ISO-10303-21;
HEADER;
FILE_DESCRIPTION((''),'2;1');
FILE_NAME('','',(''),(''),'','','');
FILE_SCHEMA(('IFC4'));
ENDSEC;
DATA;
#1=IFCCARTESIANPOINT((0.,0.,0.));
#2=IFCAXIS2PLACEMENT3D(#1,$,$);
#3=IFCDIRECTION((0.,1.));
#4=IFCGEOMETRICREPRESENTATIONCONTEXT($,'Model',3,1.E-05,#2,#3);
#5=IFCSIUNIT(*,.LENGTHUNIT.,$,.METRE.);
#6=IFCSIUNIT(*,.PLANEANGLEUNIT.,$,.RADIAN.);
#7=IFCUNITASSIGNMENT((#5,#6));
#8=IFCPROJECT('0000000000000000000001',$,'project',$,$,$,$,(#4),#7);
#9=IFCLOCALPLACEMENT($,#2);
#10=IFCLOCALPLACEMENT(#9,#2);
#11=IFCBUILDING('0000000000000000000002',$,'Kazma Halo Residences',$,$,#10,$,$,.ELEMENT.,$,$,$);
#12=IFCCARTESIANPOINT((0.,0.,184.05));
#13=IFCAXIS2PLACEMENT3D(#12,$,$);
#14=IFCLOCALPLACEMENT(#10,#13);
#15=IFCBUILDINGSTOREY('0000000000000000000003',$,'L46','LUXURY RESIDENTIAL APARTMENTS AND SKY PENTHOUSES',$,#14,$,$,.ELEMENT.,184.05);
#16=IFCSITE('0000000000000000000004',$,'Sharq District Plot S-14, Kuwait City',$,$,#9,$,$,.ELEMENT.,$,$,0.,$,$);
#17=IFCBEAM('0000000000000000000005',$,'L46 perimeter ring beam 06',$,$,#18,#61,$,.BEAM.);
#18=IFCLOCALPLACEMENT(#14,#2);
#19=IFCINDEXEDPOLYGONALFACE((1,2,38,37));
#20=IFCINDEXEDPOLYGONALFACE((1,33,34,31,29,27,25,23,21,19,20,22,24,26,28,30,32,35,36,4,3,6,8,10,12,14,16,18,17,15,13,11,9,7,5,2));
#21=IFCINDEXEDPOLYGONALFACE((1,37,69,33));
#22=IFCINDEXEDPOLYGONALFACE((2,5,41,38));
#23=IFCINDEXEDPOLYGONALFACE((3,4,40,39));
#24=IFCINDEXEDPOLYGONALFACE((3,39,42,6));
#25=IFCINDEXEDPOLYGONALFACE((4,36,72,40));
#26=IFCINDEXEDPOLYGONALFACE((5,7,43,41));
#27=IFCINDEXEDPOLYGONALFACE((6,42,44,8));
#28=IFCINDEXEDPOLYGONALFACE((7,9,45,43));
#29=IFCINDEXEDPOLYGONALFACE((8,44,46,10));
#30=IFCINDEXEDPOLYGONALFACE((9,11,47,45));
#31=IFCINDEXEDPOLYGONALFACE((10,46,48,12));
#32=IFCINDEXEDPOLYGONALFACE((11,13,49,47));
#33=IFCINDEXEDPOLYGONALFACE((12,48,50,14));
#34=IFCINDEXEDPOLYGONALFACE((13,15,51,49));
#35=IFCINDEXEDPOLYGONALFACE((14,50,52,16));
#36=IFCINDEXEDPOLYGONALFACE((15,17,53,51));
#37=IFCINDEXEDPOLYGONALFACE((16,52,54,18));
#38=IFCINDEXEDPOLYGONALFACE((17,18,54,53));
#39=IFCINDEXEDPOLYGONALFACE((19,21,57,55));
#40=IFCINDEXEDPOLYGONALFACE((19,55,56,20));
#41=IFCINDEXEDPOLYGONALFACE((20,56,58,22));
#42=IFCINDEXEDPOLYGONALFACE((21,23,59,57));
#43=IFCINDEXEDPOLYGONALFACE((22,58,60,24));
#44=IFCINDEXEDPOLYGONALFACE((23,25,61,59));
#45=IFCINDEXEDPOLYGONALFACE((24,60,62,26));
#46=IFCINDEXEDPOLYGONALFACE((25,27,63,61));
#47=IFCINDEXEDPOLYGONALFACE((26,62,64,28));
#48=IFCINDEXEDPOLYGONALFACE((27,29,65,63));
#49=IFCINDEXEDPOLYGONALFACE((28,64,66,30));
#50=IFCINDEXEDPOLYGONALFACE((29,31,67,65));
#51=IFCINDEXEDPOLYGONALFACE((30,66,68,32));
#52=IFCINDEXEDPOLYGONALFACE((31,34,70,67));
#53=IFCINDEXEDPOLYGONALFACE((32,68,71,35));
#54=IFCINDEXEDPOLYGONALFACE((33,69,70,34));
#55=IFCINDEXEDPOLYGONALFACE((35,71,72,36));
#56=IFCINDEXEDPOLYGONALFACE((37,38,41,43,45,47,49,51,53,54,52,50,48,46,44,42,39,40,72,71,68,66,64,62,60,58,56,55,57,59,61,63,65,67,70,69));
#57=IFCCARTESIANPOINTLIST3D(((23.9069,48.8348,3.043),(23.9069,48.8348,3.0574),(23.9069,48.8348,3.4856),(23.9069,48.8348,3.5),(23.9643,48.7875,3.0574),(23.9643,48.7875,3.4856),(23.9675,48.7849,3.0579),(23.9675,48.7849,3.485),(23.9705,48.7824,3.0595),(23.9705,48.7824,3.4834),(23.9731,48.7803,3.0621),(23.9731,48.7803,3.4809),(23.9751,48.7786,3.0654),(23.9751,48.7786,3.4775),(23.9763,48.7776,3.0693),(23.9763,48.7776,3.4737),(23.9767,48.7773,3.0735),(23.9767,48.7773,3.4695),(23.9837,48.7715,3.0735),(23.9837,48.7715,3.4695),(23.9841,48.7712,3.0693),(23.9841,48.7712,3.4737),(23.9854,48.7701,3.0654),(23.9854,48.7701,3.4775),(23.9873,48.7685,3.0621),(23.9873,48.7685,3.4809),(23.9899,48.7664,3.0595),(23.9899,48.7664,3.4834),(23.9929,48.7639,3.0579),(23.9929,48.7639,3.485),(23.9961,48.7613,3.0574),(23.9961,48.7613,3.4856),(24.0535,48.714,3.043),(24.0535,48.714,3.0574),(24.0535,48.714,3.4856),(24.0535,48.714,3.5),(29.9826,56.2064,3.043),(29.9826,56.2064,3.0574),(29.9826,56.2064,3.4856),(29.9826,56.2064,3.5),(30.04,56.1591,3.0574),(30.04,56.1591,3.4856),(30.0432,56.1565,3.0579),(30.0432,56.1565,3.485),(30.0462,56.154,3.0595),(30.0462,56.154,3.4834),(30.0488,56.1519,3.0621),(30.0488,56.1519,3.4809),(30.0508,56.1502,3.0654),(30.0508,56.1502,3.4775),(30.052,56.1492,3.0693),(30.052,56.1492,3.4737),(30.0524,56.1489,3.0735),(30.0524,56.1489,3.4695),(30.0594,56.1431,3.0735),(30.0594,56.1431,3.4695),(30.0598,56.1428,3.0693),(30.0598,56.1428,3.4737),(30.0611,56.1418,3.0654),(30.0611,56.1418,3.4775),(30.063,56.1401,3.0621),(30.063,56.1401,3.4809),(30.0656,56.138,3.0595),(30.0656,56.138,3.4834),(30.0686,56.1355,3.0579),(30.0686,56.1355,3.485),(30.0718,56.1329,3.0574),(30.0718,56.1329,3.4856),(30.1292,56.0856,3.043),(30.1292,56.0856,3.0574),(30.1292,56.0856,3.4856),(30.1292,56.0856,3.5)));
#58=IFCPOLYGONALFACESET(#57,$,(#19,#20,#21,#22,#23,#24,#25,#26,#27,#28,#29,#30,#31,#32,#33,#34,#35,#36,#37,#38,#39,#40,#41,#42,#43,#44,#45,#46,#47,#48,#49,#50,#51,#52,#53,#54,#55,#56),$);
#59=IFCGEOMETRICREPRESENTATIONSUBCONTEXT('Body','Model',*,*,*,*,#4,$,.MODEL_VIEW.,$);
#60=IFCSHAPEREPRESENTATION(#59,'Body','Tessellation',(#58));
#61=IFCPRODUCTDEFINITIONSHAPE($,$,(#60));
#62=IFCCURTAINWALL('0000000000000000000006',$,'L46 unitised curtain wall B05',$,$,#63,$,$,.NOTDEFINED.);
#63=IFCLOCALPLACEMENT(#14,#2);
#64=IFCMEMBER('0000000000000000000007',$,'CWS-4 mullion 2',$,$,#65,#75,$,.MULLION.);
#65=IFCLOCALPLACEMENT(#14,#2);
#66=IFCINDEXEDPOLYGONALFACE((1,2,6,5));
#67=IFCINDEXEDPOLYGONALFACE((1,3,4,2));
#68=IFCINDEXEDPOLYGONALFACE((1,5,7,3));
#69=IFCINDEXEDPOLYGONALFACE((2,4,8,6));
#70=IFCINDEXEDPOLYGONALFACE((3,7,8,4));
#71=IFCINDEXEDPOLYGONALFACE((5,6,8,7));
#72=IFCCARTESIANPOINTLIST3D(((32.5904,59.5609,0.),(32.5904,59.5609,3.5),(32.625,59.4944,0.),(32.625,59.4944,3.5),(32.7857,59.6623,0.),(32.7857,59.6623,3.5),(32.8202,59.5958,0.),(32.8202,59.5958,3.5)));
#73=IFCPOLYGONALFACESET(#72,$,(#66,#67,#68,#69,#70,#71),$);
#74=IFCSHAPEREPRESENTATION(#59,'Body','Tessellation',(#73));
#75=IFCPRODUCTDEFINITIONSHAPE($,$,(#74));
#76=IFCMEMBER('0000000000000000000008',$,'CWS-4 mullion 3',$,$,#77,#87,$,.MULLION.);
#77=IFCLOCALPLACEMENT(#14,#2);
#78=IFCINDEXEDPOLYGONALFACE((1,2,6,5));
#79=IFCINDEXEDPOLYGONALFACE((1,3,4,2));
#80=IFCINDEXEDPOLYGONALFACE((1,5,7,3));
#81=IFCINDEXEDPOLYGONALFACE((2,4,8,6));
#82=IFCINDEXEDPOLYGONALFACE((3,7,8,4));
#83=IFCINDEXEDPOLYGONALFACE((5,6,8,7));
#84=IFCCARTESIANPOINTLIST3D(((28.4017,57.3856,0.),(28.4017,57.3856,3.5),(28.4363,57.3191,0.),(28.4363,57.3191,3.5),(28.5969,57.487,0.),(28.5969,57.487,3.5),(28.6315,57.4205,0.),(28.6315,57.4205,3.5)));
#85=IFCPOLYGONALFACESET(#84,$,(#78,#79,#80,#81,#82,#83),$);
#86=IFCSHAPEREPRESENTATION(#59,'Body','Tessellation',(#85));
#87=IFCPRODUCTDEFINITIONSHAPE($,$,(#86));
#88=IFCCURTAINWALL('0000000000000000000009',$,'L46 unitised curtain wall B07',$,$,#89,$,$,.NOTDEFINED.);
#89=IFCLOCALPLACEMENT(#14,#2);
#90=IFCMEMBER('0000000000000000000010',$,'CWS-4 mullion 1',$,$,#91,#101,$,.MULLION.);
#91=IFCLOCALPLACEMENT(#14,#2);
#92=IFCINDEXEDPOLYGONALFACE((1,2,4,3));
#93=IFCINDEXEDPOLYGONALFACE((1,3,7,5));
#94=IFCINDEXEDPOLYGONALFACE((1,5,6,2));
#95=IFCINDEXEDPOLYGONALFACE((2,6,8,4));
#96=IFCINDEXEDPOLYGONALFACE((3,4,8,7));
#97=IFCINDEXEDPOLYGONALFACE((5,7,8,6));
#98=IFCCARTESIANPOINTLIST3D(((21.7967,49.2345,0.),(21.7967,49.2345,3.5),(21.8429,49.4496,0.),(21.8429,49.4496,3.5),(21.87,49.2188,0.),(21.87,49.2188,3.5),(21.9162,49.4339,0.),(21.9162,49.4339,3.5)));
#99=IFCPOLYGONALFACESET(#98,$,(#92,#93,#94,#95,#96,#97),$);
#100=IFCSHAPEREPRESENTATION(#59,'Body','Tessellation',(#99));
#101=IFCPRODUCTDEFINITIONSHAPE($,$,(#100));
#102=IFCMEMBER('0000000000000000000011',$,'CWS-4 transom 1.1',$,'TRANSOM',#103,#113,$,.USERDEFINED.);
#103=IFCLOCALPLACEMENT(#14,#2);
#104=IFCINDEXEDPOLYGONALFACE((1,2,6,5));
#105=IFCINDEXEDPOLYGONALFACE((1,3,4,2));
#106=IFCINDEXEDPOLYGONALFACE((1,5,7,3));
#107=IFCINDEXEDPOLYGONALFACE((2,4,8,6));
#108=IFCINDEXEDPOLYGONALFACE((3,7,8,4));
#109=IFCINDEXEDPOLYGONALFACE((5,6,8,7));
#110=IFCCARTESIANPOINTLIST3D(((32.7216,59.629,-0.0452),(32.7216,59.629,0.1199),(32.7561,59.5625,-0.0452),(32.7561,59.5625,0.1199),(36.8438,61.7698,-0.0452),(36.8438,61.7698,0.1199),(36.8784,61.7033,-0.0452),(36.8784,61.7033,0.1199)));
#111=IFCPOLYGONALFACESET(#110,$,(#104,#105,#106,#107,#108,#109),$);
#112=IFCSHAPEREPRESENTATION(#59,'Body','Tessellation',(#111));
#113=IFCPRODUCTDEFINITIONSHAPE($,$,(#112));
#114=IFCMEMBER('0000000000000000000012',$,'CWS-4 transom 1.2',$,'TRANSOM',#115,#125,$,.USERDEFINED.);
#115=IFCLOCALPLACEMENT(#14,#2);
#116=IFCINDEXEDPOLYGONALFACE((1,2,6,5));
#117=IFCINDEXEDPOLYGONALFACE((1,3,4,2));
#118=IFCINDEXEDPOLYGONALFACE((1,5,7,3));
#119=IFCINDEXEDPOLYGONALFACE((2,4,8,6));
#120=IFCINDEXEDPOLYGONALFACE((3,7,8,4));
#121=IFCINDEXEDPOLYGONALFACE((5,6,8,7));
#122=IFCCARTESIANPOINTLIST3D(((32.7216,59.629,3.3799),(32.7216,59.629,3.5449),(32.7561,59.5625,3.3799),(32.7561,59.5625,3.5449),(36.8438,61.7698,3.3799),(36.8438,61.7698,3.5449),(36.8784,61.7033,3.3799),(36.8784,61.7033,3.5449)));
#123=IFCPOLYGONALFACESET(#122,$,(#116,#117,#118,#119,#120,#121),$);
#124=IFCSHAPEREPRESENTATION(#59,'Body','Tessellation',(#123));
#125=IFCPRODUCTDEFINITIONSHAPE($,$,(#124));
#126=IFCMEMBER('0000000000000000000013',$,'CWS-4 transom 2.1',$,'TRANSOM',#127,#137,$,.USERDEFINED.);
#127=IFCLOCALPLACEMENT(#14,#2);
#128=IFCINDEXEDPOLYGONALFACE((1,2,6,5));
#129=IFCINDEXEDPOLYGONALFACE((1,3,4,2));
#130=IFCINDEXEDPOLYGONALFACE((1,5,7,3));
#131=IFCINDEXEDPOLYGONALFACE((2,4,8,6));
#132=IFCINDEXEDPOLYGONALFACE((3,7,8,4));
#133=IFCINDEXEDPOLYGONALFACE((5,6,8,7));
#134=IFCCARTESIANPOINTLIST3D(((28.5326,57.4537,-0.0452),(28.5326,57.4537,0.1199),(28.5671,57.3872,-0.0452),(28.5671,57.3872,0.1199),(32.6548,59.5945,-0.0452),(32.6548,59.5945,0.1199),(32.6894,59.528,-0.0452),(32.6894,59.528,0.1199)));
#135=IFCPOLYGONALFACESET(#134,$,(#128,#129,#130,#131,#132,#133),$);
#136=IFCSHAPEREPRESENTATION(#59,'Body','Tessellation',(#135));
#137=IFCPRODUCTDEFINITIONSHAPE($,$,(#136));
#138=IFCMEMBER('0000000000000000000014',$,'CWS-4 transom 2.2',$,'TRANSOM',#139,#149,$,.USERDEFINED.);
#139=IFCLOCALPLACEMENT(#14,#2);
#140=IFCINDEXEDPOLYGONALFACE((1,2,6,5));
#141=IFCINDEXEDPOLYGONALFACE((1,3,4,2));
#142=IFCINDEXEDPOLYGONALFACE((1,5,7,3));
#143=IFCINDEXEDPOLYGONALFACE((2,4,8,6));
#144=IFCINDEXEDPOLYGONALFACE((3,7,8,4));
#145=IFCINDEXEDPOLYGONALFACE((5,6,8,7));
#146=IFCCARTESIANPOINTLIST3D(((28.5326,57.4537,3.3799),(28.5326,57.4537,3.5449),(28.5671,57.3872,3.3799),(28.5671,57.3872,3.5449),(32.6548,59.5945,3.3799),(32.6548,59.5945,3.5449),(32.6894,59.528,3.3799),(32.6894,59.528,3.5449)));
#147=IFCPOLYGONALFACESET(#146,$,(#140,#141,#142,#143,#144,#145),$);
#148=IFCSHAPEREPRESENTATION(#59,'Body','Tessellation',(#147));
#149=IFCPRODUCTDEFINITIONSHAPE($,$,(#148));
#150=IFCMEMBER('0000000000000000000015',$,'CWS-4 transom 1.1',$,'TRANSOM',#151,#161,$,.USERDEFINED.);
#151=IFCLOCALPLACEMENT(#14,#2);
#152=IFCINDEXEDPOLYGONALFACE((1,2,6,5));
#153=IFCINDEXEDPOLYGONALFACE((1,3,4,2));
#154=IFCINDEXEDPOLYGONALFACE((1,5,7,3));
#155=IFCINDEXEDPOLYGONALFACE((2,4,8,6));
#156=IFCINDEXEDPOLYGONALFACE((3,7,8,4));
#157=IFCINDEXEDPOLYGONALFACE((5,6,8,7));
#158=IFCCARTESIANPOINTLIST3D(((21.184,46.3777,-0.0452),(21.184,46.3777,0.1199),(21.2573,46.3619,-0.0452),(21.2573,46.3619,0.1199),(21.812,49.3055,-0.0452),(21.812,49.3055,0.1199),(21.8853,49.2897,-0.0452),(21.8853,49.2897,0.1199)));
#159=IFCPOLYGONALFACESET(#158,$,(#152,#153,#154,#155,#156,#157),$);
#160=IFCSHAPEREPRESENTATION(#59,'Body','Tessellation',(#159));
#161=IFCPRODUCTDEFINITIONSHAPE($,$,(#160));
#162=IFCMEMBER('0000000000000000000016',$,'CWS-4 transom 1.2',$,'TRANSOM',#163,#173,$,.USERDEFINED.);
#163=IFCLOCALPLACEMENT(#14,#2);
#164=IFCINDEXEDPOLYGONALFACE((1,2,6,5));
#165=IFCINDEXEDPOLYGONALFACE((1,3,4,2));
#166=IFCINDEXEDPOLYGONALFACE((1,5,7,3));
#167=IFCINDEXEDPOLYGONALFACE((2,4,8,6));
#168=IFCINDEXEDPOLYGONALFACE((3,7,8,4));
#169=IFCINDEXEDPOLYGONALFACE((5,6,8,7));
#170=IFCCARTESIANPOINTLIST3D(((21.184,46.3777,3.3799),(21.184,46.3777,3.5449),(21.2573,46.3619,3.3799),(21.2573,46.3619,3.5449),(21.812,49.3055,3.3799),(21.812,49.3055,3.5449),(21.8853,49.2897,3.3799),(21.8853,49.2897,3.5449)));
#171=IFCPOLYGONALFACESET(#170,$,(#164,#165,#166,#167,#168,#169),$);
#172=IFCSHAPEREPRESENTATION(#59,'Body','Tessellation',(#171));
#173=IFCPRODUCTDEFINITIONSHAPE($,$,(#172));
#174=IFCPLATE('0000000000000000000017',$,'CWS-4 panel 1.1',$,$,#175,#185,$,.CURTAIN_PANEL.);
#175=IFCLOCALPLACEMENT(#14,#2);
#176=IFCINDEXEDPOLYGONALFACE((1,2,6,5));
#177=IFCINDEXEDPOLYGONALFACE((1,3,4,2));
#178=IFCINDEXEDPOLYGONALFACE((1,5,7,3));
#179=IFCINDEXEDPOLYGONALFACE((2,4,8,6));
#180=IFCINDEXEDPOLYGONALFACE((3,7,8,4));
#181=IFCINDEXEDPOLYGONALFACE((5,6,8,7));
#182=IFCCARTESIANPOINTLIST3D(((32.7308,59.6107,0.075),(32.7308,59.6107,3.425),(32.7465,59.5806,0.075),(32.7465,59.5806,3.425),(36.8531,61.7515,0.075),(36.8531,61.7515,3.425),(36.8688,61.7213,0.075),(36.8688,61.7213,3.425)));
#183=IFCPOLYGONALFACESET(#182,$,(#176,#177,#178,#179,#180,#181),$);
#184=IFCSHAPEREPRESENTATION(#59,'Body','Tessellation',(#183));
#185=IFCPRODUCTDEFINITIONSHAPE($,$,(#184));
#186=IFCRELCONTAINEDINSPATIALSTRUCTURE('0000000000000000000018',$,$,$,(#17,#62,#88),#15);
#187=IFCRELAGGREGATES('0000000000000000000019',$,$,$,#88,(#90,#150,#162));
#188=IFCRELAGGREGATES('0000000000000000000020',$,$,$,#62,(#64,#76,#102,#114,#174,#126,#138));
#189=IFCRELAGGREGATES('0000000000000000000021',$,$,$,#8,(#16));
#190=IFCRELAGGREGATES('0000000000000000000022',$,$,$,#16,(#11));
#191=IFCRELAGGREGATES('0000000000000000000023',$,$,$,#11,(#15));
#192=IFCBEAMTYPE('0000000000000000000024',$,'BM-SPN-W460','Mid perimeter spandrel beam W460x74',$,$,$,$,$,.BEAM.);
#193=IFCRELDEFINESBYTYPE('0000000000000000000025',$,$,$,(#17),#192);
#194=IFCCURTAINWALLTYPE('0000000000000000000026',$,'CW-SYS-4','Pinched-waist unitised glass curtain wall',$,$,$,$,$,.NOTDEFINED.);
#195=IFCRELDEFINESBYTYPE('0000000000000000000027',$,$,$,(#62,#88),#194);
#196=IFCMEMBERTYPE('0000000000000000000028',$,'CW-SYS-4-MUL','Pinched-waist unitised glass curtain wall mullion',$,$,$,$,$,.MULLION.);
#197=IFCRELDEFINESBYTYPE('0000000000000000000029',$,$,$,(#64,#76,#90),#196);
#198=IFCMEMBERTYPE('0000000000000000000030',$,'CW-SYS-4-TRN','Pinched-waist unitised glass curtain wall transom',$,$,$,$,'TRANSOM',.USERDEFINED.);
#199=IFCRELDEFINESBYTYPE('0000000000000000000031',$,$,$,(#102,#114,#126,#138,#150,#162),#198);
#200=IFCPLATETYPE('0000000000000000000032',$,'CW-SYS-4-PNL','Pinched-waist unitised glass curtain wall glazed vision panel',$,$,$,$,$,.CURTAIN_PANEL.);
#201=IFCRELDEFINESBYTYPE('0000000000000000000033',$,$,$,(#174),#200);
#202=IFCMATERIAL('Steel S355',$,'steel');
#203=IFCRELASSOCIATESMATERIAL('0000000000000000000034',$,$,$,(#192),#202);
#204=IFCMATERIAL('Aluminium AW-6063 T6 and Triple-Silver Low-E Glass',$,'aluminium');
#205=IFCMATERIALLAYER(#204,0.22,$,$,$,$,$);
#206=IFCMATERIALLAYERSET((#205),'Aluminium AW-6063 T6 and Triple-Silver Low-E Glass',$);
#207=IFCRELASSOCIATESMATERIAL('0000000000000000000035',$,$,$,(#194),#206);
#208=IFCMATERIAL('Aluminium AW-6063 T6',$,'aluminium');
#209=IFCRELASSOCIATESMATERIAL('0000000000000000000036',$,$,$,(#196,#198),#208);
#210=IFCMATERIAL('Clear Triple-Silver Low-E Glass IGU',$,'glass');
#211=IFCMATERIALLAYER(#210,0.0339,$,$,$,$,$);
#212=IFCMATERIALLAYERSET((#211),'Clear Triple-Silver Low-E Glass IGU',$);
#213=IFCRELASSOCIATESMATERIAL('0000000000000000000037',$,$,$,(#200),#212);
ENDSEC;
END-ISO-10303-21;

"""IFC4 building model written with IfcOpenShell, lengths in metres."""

from ifc_helpers import new_model, si_unit, direction, frame, origin, origin_2d, place, context, subcontext, project, spatial, rectangle, i_section, extrude, material, layer, layer_set, material_profile, profile_set, type_object, element, aggregate, save


model = new_model("IFC4")

# Units and contexts
model_context = context("Model", 3, precision=1e-05, world=origin(), true_north=direction((0.0, 1.0)))
body_context = subcontext(model_context, "Body", "Model", "MODEL_VIEW")
ifc_project = project(units=[si_unit("LENGTHUNIT", "METRE"), si_unit("PLANEANGLEUNIT", "RADIAN")], contexts=[model_context])

# Site, building, storey
site_placement = place(None, origin())
site = spatial("IfcSite", under=ifc_project, at=site_placement, Name="Sharq District Plot S-14, Kuwait City", CompositionType="ELEMENT", RefElevation=0.0)
building_placement = place(site_placement, origin())
building = spatial("IfcBuilding", under=site, at=building_placement, Name="Kazma Halo Residences", CompositionType="ELEMENT")
storey_placement = place(building_placement, frame((0.0, 0.0, 184.05)))
storey = spatial("IfcBuildingStorey", under=building, at=storey_placement, Name="L46", Description="LUXURY RESIDENTIAL APARTMENTS AND SKY PENTHOUSES", CompositionType="ELEMENT", Elevation=184.05)

# Beam
ifc_material_1 = material(Name="Steel S355", Category="steel")
ifc_material_profile_1 = material_profile(ifc_material_1, i_section(OverallWidth=0.1899, OverallDepth=0.457, WebThickness=0.009, FlangeThickness=0.0144, FilletRadius=0.0161, at=origin_2d()), Name="W460x74")
ifc_profile_set_1 = profile_set([ifc_material_profile_1], Name="Steel S355")
beam_type_1 = type_object("IfcBeamType", Name="BM-SPN-W460", Description="Mid perimeter spandrel beam W460x74", PredefinedType="BEAM", material=ifc_profile_set_1)
beam_1_placement = place(storey_placement, frame((30.0559, 56.146, 3.2715), z_axis=(-0.636017, -0.771675, 0.0), x_axis=(0.771675, -0.636017, 0.0)))
element("IfcBeam", 1, at=beam_1_placement, inside=storey, type_object=beam_type_1, Name="L46 perimeter ring beam 06", PredefinedType="BEAM", context=body_context, shape_type="SweptSolid", body=[
    extrude(i_section(OverallWidth=0.1899, OverallDepth=0.457, WebThickness=0.009, FlangeThickness=0.0144, FilletRadius=0.0161, at=origin_2d()), origin(), (0.0, 0.0, 1.0), 9.5527),
])

# Curtain wall, members
ifc_material_2 = material(Name="Aluminium AW-6063 T6 and Triple-Silver Low-E Glass", Category="aluminium")
ifc_layer_1 = layer(ifc_material_2, 0.22)
ifc_layer_set_1 = layer_set([ifc_layer_1], Name="Aluminium AW-6063 T6 and Triple-Silver Low-E Glass")
curtain_wall_type = type_object("IfcCurtainWallType", Name="CW-SYS-4", Description="Pinched-waist unitised glass curtain wall", PredefinedType="NOTDEFINED", material=ifc_layer_set_1)
curtain_wall_1_placement = place(storey_placement, origin())
curtain_wall_1 = element("IfcCurtainWall", 2, at=curtain_wall_1_placement, inside=storey, type_object=curtain_wall_type, Name="L46 unitised curtain wall B05", PredefinedType="NOTDEFINED")
ifc_material_3 = material(Name="Aluminium AW-6063 T6", Category="aluminium")
ifc_material_profile_2 = material_profile(ifc_material_3, rectangle(XDim=0.075, YDim=0.22, at=origin_2d()), Name="CWM-75x220")
ifc_profile_set_2 = profile_set([ifc_material_profile_2], Name="Aluminium AW-6063 T6")
member_type_1 = type_object("IfcMemberType", Name="CW-SYS-4-MUL", Description="Pinched-waist unitised glass curtain wall mullion", PredefinedType="MULLION", material=ifc_profile_set_2)
member_1_placement = place(storey_placement, frame((32.7053, 59.5784, 0.0), z_axis=(0.0, 0.0, 1.0), x_axis=(0.460874, -0.887466, 0.0)))
member_1 = element("IfcMember", 3, at=member_1_placement, type_object=member_type_1, Name="CWS-4 mullion 2", PredefinedType="MULLION", context=body_context, shape_type="SweptSolid", body=[
    extrude(rectangle(XDim=0.075, YDim=0.22, at=origin_2d()), origin(), (0.0, 0.0, 1.0), 3.5),
])
member_2_placement = place(storey_placement, frame((28.5166, 57.4031, 0.0), z_axis=(0.0, 0.0, 1.0), x_axis=(0.460874, -0.887466, 0.0)))
member_2 = element("IfcMember", 4, at=member_2_placement, type_object=member_type_1, Name="CWS-4 mullion 3", PredefinedType="MULLION", context=body_context, shape_type="SweptSolid", body=[
    extrude(rectangle(XDim=0.075, YDim=0.22, at=origin_2d()), origin(), (0.0, 0.0, 1.0), 3.5),
])

# Curtain wall, member
curtain_wall_2_placement = place(storey_placement, origin())
curtain_wall_2 = element("IfcCurtainWall", 5, at=curtain_wall_2_placement, inside=storey, type_object=curtain_wall_type, Name="L46 unitised curtain wall B07", PredefinedType="NOTDEFINED")
member_3_placement = place(storey_placement, frame((21.8564, 49.3342, 0.0), z_axis=(0.0, 0.0, 1.0), x_axis=(0.977768, -0.20969, 0.0)))
member_3 = element("IfcMember", 6, at=member_3_placement, type_object=member_type_1, Name="CWS-4 mullion 1", PredefinedType="MULLION", context=body_context, shape_type="SweptSolid", body=[
    extrude(rectangle(XDim=0.075, YDim=0.22, at=origin_2d()), origin(), (0.0, 0.0, 1.0), 3.5),
])

# Members
ifc_material_profile_3 = material_profile(ifc_material_3, rectangle(XDim=0.075, YDim=0.165, at=origin_2d()), Name="CWT-75x165")
ifc_profile_set_3 = profile_set([ifc_material_profile_3], Name="Aluminium AW-6063 T6")
member_type_2 = type_object("IfcMemberType", Name="CW-SYS-4-TRN", Description="Pinched-waist unitised glass curtain wall transom", ElementType="TRANSOM", PredefinedType="USERDEFINED", material=ifc_profile_set_3)
member_4_placement = place(storey_placement, frame((36.8611, 61.7366, 0.0374), z_axis=(-0.887458, -0.460889, 0.0), x_axis=(0.460889, -0.887458, 0.0)))
member_4 = element("IfcMember", 7, at=member_4_placement, type_object=member_type_2, Name="CWS-4 transom 1.1", ObjectType="TRANSOM", PredefinedType="USERDEFINED", context=body_context, shape_type="SweptSolid", body=[
    extrude(rectangle(XDim=0.075, YDim=0.165, at=origin_2d()), origin(), (0.0, 0.0, 1.0), 4.645),
])
member_5_placement = place(storey_placement, frame((36.8611, 61.7366, 3.4624), z_axis=(-0.887458, -0.460889, 0.0), x_axis=(0.460889, -0.887458, 0.0)))
member_5 = element("IfcMember", 8, at=member_5_placement, type_object=member_type_2, Name="CWS-4 transom 1.2", ObjectType="TRANSOM", PredefinedType="USERDEFINED", context=body_context, shape_type="SweptSolid", body=[
    extrude(rectangle(XDim=0.075, YDim=0.165, at=origin_2d()), origin(), (0.0, 0.0, 1.0), 4.645),
])
member_6_placement = place(storey_placement, frame((32.6721, 59.5613, 0.0374), z_axis=(-0.887458, -0.460889, 0.0), x_axis=(0.460889, -0.887458, 0.0)))
member_6 = element("IfcMember", 9, at=member_6_placement, type_object=member_type_2, Name="CWS-4 transom 2.1", ObjectType="TRANSOM", PredefinedType="USERDEFINED", context=body_context, shape_type="SweptSolid", body=[
    extrude(rectangle(XDim=0.075, YDim=0.165, at=origin_2d()), origin(), (0.0, 0.0, 1.0), 4.645),
])
member_7_placement = place(storey_placement, frame((32.6721, 59.5613, 3.4624), z_axis=(-0.887458, -0.460889, 0.0), x_axis=(0.460889, -0.887458, 0.0)))
member_7 = element("IfcMember", 10, at=member_7_placement, type_object=member_type_2, Name="CWS-4 transom 2.2", ObjectType="TRANSOM", PredefinedType="USERDEFINED", context=body_context, shape_type="SweptSolid", body=[
    extrude(rectangle(XDim=0.075, YDim=0.165, at=origin_2d()), origin(), (0.0, 0.0, 1.0), 4.645),
])
member_8_placement = place(storey_placement, frame((21.8486, 49.2976, 0.0374), z_axis=(-0.209707, -0.977764, 0.0), x_axis=(0.977764, -0.209707, 0.0)))
member_8 = element("IfcMember", 11, at=member_8_placement, type_object=member_type_2, Name="CWS-4 transom 1.1", ObjectType="TRANSOM", PredefinedType="USERDEFINED", context=body_context, shape_type="SweptSolid", body=[
    extrude(rectangle(XDim=0.075, YDim=0.165, at=origin_2d()), origin(), (0.0, 0.0, 1.0), 2.9944),
])
member_9_placement = place(storey_placement, frame((21.8486, 49.2976, 3.4624), z_axis=(-0.209707, -0.977764, 0.0), x_axis=(0.977764, -0.209707, 0.0)))
member_9 = element("IfcMember", 12, at=member_9_placement, type_object=member_type_2, Name="CWS-4 transom 1.2", ObjectType="TRANSOM", PredefinedType="USERDEFINED", context=body_context, shape_type="SweptSolid", body=[
    extrude(rectangle(XDim=0.075, YDim=0.165, at=origin_2d()), origin(), (0.0, 0.0, 1.0), 2.9944),
])
aggregate(curtain_wall_2, [member_3, member_8, member_9])

# Plate
ifc_material_4 = material(Name="Clear Triple-Silver Low-E Glass IGU", Category="glass")
ifc_layer_2 = layer(ifc_material_4, 0.0339)
ifc_layer_set_2 = layer_set([ifc_layer_2], Name="Clear Triple-Silver Low-E Glass IGU")
plate_type = type_object("IfcPlateType", Name="CW-SYS-4-PNL", Description="Pinched-waist unitised glass curtain wall glazed vision panel", PredefinedType="CURTAIN_PANEL", material=ifc_layer_set_2)
plate_1_placement = place(storey_placement, frame((34.7998, 60.666, 0.075), z_axis=(0.0, 0.0, 1.0), x_axis=(-0.887466, -0.460874, 0.0)))
plate_1 = element("IfcPlate", 13, at=plate_1_placement, type_object=plate_type, Name="CWS-4 panel 1.1", PredefinedType="CURTAIN_PANEL", context=body_context, shape_type="SweptSolid", body=[
    extrude(rectangle(XDim=4.645, YDim=0.0339, at=origin_2d()), origin(), (0.0, 0.0, 1.0), 3.3501),
])
aggregate(curtain_wall_1, [member_1, member_2, member_4, member_5, plate_1, member_6, member_7])

save(model, "model.ifc")
